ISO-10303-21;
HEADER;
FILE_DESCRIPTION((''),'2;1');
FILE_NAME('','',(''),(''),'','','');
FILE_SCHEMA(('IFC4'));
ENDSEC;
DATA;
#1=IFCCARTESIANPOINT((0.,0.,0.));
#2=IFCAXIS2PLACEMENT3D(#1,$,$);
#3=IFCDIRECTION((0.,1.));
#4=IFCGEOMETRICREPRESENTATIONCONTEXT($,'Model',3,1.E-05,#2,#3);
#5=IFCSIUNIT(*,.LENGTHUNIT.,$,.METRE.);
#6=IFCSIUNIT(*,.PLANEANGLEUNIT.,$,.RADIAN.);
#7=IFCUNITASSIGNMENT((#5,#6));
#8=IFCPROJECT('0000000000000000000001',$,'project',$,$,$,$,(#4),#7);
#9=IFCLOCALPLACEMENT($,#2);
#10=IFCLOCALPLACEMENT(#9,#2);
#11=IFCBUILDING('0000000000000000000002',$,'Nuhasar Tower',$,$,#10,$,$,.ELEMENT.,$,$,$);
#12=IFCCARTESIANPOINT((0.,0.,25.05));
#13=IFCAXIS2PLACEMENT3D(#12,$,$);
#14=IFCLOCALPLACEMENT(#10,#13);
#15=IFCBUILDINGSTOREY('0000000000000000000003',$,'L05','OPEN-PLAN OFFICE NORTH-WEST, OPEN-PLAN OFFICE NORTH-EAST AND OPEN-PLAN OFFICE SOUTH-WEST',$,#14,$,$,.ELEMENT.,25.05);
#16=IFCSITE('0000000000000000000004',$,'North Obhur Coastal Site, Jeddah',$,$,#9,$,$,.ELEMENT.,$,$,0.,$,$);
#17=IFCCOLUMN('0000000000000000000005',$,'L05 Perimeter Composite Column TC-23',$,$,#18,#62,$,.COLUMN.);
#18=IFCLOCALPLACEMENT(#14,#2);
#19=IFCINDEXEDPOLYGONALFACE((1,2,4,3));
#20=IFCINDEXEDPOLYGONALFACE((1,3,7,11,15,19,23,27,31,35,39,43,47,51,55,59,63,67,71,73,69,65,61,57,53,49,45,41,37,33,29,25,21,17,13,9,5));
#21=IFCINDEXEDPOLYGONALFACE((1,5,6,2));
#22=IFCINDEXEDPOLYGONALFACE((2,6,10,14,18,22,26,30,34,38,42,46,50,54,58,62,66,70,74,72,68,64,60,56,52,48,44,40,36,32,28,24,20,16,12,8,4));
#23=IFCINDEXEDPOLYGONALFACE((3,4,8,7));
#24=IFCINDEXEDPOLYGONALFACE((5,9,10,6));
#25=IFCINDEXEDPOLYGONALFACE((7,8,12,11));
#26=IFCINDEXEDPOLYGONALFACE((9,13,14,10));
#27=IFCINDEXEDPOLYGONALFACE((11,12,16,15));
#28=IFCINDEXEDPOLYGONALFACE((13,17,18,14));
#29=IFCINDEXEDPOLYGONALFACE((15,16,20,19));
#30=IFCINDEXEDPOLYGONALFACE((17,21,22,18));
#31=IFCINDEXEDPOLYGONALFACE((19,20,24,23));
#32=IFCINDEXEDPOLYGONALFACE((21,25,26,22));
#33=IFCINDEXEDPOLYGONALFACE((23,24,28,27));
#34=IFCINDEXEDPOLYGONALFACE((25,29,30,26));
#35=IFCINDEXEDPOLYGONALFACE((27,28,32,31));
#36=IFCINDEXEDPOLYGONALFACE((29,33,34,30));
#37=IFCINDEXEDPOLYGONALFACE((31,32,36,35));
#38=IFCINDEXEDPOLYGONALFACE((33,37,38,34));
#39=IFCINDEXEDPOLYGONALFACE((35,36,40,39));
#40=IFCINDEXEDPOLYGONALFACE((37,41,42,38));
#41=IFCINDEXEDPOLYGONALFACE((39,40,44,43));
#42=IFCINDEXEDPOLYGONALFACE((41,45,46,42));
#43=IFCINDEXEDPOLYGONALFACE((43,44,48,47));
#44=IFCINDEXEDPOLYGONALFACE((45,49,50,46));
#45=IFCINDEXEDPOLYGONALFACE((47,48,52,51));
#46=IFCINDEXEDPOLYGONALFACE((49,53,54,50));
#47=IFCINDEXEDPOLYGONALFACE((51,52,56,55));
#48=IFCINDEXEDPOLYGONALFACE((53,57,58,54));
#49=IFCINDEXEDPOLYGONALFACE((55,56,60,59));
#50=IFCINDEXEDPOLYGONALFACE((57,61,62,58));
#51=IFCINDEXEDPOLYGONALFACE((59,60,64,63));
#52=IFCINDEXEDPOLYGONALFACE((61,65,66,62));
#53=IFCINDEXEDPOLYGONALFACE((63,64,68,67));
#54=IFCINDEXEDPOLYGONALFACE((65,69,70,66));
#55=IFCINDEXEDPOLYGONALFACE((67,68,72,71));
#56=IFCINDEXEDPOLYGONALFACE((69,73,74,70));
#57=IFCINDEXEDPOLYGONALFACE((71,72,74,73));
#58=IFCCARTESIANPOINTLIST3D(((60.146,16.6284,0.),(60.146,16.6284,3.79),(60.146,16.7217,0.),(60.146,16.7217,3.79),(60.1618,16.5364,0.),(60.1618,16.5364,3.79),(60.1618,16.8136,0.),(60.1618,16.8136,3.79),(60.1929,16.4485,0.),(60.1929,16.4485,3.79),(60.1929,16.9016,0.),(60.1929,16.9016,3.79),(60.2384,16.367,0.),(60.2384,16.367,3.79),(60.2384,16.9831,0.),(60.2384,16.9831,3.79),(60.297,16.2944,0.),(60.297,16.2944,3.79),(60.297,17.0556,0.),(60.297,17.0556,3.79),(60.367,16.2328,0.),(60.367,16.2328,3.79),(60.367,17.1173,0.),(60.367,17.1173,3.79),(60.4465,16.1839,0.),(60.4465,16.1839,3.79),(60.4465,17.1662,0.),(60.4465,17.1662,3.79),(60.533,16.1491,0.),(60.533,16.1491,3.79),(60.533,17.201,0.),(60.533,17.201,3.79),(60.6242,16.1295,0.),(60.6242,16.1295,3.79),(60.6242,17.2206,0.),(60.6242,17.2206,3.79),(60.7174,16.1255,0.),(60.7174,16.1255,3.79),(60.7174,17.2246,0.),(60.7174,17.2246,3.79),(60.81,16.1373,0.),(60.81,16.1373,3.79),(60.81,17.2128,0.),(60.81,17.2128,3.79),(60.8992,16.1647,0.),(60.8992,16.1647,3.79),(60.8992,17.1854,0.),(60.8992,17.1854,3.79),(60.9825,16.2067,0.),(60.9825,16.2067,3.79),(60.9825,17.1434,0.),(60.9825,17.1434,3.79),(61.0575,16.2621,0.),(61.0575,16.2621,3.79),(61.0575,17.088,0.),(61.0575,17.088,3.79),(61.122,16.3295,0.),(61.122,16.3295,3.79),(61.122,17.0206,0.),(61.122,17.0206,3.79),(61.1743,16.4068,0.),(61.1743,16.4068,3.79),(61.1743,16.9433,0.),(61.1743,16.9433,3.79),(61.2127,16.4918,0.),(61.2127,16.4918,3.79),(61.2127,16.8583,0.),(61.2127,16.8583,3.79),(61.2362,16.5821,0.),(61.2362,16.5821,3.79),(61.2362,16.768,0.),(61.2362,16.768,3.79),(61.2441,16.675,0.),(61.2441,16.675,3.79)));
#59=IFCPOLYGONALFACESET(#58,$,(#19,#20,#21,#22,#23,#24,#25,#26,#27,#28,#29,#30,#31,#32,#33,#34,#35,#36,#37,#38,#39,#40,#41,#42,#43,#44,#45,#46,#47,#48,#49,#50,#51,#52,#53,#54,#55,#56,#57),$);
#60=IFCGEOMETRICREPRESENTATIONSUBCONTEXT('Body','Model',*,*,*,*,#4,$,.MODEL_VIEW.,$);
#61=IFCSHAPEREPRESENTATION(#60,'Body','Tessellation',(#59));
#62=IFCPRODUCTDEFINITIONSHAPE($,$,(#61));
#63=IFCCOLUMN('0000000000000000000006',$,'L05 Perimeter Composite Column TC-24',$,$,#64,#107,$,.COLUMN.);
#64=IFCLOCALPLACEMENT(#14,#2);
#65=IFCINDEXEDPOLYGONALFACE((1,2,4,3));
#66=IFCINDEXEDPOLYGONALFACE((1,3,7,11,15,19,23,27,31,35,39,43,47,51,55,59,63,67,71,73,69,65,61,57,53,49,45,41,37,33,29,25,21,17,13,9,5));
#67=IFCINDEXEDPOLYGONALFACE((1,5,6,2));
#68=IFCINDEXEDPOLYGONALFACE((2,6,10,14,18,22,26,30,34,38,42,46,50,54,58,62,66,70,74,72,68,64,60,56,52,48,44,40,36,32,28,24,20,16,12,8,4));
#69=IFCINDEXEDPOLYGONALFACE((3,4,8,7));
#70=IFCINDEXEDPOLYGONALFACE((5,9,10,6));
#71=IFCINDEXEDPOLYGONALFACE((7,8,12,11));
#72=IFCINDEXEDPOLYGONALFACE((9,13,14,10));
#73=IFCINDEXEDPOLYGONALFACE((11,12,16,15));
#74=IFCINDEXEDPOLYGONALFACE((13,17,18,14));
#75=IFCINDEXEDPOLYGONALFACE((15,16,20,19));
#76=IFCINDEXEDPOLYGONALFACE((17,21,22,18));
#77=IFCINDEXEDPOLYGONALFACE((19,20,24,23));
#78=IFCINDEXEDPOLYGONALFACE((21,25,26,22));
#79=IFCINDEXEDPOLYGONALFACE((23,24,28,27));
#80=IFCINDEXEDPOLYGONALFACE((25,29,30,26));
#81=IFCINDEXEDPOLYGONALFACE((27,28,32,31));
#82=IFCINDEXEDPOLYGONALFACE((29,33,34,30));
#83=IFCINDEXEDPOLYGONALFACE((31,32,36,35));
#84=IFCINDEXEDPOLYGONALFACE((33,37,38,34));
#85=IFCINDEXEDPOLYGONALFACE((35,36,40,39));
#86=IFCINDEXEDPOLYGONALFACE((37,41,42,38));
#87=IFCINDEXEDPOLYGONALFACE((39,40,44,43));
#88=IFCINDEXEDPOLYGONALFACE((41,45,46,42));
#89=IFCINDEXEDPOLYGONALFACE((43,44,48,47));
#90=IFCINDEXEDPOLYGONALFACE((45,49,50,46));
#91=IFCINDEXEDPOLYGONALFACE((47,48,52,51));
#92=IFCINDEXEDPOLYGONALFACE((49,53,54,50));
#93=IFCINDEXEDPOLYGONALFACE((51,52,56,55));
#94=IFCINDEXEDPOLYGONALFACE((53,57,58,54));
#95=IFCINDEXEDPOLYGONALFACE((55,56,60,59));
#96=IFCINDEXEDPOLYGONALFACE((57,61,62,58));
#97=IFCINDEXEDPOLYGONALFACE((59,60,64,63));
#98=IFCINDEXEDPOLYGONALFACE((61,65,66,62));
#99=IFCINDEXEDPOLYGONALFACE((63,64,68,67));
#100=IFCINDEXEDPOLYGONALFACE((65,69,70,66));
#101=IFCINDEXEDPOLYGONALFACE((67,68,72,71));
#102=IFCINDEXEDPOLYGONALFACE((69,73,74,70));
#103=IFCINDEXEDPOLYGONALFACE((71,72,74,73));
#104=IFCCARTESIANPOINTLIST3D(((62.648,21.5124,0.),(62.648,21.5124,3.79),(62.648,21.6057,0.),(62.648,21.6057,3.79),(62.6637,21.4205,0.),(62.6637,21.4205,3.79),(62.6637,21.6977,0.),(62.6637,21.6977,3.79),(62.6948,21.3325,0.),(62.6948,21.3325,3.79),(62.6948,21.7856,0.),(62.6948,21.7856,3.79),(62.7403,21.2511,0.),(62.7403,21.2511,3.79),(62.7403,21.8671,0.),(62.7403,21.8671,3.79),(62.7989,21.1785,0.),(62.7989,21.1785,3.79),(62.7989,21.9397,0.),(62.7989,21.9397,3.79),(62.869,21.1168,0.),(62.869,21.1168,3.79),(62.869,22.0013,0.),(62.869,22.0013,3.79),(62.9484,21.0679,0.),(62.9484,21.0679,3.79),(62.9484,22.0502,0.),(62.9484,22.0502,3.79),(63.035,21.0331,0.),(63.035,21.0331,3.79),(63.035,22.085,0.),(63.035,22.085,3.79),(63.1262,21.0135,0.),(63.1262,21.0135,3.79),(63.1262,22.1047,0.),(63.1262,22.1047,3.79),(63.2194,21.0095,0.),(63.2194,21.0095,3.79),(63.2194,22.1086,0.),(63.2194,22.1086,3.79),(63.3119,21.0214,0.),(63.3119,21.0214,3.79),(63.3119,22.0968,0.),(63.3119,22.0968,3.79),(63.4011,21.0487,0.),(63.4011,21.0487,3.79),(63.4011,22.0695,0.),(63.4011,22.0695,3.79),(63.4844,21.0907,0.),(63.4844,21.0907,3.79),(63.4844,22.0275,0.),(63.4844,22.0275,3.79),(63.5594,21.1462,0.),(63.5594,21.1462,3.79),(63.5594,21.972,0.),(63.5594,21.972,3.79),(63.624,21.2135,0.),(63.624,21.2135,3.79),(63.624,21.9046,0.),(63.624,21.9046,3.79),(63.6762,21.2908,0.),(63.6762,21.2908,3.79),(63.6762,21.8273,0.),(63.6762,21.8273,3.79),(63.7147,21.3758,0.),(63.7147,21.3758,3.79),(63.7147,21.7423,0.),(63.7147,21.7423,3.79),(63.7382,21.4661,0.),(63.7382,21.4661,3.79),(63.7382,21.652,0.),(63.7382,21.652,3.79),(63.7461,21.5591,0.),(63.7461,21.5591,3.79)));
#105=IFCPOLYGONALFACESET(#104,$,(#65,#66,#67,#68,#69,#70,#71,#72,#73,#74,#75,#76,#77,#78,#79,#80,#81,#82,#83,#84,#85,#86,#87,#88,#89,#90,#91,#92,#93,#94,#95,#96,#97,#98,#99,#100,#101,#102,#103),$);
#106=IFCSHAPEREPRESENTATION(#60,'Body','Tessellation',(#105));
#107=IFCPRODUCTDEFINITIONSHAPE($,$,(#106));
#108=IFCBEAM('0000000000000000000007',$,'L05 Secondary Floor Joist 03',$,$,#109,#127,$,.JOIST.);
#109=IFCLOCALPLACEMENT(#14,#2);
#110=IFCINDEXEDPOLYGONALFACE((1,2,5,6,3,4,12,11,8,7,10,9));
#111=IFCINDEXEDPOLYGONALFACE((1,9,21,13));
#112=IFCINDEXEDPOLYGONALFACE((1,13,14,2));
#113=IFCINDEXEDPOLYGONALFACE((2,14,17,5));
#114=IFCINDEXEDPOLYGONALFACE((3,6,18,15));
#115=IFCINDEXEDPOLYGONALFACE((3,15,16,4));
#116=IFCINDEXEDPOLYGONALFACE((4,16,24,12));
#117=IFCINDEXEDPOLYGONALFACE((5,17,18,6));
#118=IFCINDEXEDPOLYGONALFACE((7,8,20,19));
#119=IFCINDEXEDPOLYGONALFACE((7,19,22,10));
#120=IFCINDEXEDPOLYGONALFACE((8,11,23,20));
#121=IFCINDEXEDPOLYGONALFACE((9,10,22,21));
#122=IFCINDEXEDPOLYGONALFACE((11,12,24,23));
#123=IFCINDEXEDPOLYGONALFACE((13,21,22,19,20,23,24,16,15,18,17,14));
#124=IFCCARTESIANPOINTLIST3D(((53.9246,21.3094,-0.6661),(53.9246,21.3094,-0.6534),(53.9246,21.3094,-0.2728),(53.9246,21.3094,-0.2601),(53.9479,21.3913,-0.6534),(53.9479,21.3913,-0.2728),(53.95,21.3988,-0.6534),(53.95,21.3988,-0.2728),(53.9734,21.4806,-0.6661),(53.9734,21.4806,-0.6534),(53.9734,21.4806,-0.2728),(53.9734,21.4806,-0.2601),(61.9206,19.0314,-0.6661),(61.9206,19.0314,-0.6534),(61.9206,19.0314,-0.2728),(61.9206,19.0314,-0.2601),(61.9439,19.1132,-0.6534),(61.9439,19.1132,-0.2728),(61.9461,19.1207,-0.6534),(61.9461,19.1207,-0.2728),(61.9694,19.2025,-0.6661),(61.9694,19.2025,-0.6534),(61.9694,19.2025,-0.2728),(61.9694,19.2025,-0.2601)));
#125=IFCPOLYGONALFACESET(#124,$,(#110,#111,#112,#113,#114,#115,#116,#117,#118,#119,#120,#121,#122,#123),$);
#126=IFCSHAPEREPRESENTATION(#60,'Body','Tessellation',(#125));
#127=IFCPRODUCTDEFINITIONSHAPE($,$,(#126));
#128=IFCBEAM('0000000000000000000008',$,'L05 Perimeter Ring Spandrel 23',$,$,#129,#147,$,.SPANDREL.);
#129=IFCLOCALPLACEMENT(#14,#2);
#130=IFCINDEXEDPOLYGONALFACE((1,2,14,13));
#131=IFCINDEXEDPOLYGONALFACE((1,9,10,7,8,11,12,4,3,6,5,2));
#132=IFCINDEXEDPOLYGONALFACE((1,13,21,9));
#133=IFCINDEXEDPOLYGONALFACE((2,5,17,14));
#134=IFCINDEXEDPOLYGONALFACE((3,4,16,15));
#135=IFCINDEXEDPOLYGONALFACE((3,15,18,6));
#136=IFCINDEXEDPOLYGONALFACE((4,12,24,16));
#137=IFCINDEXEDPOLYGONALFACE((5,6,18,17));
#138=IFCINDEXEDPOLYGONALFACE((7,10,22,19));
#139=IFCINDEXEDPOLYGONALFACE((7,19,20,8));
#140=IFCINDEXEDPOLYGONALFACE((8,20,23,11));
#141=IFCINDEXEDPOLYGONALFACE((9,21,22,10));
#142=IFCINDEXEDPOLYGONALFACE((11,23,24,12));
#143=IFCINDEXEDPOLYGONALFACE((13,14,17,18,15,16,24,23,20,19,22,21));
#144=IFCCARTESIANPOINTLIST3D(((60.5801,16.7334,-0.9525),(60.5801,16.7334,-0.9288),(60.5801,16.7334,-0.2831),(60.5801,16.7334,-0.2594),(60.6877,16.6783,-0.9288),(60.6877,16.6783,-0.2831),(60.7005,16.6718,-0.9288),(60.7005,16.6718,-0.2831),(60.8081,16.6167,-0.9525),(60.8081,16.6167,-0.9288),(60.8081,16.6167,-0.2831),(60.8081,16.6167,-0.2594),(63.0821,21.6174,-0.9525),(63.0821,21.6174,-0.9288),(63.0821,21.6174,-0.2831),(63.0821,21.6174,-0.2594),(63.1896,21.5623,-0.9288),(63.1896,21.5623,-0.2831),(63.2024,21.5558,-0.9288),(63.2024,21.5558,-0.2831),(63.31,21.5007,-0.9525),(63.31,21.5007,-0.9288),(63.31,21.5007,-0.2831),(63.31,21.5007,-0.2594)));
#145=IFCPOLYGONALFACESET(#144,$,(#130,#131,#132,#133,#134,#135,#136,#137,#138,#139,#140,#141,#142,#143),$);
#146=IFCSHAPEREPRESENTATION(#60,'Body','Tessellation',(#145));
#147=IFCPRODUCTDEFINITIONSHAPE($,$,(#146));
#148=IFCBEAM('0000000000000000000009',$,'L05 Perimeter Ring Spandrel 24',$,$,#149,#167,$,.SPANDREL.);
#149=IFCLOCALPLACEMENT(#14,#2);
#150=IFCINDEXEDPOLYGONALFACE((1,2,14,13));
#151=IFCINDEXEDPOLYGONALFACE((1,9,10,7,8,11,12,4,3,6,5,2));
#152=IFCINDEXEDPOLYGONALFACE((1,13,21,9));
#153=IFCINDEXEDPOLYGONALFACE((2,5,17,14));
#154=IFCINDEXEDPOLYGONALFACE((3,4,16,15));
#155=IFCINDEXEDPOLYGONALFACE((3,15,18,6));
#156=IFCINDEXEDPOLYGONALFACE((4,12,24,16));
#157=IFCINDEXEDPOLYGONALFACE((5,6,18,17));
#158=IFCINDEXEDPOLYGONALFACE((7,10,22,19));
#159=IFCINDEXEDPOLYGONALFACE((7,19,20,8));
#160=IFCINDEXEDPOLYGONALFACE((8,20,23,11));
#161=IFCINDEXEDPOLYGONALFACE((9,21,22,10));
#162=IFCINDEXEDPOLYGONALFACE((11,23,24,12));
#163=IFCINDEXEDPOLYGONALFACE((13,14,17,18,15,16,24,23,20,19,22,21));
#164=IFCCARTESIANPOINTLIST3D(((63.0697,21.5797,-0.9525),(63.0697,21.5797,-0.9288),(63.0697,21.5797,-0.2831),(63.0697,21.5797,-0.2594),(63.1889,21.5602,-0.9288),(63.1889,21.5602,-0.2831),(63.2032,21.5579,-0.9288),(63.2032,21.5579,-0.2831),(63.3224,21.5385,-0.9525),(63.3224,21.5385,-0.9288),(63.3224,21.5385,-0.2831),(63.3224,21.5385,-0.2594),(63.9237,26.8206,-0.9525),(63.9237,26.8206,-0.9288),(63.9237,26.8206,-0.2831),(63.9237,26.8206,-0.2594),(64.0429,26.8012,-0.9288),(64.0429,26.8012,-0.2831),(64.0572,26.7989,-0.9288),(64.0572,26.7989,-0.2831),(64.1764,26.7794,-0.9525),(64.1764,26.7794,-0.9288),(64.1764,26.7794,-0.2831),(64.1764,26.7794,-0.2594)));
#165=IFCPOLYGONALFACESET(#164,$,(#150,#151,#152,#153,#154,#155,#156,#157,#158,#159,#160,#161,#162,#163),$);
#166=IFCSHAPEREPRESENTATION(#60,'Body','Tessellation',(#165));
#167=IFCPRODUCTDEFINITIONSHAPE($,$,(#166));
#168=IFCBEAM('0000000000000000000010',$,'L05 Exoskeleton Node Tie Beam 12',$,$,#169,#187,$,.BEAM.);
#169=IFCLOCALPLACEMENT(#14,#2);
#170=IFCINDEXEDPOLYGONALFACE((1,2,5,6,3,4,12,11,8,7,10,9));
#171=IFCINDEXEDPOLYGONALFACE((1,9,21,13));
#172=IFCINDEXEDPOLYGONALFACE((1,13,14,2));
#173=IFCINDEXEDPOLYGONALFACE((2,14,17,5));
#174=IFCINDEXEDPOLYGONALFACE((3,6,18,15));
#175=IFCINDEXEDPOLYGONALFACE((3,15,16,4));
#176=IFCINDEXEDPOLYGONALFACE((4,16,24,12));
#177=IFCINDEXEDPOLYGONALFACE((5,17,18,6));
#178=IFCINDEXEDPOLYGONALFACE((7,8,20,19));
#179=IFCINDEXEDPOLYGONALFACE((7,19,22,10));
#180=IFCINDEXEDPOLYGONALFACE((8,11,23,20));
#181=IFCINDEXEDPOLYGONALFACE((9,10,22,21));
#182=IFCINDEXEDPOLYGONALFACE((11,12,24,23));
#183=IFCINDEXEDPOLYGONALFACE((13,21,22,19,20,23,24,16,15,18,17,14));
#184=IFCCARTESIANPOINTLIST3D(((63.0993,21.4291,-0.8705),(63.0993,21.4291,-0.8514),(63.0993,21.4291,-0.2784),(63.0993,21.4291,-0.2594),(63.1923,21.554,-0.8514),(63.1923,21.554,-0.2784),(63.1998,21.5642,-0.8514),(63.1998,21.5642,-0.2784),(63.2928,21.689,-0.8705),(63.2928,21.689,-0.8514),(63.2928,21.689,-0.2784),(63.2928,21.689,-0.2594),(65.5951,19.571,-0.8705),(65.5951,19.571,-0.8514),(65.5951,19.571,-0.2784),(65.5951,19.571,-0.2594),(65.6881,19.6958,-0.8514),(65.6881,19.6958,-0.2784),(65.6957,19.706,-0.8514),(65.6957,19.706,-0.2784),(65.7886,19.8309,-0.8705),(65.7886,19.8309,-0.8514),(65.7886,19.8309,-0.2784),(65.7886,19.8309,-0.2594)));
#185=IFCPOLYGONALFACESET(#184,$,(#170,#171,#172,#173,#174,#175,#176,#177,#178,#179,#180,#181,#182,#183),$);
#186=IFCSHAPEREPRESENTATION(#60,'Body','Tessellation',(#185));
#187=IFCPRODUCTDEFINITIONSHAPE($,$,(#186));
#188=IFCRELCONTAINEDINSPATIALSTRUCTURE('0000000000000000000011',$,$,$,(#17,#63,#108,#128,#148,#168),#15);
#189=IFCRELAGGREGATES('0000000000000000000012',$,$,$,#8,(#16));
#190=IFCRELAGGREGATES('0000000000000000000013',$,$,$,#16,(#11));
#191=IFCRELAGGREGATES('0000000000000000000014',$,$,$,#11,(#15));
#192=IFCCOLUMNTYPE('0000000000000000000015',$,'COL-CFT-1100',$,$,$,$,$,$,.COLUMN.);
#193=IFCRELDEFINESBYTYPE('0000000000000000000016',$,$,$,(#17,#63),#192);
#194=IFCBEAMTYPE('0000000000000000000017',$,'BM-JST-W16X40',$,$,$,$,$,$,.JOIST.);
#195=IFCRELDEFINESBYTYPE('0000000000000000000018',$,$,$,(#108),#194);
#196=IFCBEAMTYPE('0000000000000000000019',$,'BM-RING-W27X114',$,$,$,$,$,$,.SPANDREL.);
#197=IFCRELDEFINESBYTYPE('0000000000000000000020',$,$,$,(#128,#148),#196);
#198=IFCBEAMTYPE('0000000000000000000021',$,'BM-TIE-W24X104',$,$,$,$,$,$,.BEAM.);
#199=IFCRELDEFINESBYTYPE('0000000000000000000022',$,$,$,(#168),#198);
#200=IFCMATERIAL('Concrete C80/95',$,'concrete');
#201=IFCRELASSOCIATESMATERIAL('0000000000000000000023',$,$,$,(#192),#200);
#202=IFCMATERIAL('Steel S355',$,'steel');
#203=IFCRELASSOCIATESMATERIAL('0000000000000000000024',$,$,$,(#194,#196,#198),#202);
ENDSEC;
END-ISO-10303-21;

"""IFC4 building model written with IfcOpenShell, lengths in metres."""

from ifc_helpers import new_model, si_unit, direction, frame, origin, origin_2d, place, context, subcontext, project, spatial, circle, i_section, extrude, material, material_profile, profile_set, type_object, element, save


model = new_model("IFC4")

# Units and contexts
model_context = context("Model", 3, precision=1e-05, world=origin(), true_north=direction((0.0, 1.0)))
body_context = subcontext(model_context, "Body", "Model", "MODEL_VIEW")
ifc_project = project(units=[si_unit("LENGTHUNIT", "METRE"), si_unit("PLANEANGLEUNIT", "RADIAN")], contexts=[model_context])

# Site, building, storey
site_placement = place(None, origin())
site = spatial("IfcSite", under=ifc_project, at=site_placement, Name="North Obhur Coastal Site, Jeddah", CompositionType="ELEMENT", RefElevation=0.0)
building_placement = place(site_placement, origin())
building = spatial("IfcBuilding", under=site, at=building_placement, Name="Nuhasar Tower", CompositionType="ELEMENT")
storey_placement = place(building_placement, frame((0.0, 0.0, 25.05)))
storey = spatial("IfcBuildingStorey", under=building, at=storey_placement, Name="L05", Description="OPEN-PLAN OFFICE NORTH-WEST, OPEN-PLAN OFFICE NORTH-EAST AND OPEN-PLAN OFFICE SOUTH-WEST", CompositionType="ELEMENT", Elevation=25.05)

# Columns
ifc_material_1 = material(Name="Concrete C80/95", Category="concrete")
ifc_material_profile_1 = material_profile(ifc_material_1, circle(Radius=0.55, at=origin_2d()), Name="CFT1100")
ifc_profile_set_1 = profile_set([ifc_material_profile_1], Name="Concrete C80/95")
column_type = type_object("IfcColumnType", Name="COL-CFT-1100", PredefinedType="COLUMN", material=ifc_profile_set_1)
for number, where, z_axis, x_axis, name in (
    (1, (60.6941, 16.675, 0.0), (0.0, 0.0, 1.0), (1.0, 0.0, 0.0), "L05 Perimeter Composite Column TC-23"),
    (2, (63.196, 21.5591, 0.0), (0.0, 0.0, 1.0), (1.0, 0.0, 0.0), "L05 Perimeter Composite Column TC-24"),
):
    element("IfcColumn", number, at=place(storey_placement, frame(where, z_axis=z_axis, x_axis=x_axis)), inside=storey, type_object=column_type, Name=name, PredefinedType="COLUMN", context=body_context, shape_type="SweptSolid", body=[
        extrude(circle(Radius=0.55, at=origin_2d()), origin(), (0.0, 0.0, 1.0), 3.79),
    ])

# Beams
ifc_material_2 = material(Name="Steel S355", Category="steel")
ifc_material_profile_2 = material_profile(ifc_material_2, i_section(OverallWidth=0.178, OverallDepth=0.406, WebThickness=0.0078, FlangeThickness=0.0127, at=origin_2d()), Name="W16X40")
ifc_profile_set_2 = profile_set([ifc_material_profile_2], Name="Steel S355")
beam_type_1 = type_object("IfcBeamType", Name="BM-JST-W16X40", PredefinedType="JOIST", material=ifc_profile_set_2)
beam_1_placement = place(storey_placement, frame((53.949, 21.395, -0.4631), z_axis=(0.961731, -0.273996, 0.0), x_axis=(0.273996, 0.961731, 0.0)))
element("IfcBeam", 3, at=beam_1_placement, inside=storey, type_object=beam_type_1, Name="L05 Secondary Floor Joist 03", PredefinedType="JOIST", context=body_context, shape_type="SweptSolid", body=[
    extrude(i_section(OverallWidth=0.178, OverallDepth=0.406, WebThickness=0.0078, FlangeThickness=0.0127, at=origin_2d()), origin(), (0.0, 0.0, 1.0), 8.3142),
])
ifc_material_profile_3 = material_profile(ifc_material_2, i_section(OverallWidth=0.2561, OverallDepth=0.6931, WebThickness=0.0144, FlangeThickness=0.0237, at=origin_2d()), Name="W27X114")
ifc_profile_set_3 = profile_set([ifc_material_profile_3], Name="Steel S355")
beam_type_2 = type_object("IfcBeamType", Name="BM-RING-W27X114", PredefinedType="SPANDREL", material=ifc_profile_set_3)
beam_2_placement = place(storey_placement, frame((60.6941, 16.675, -0.606), z_axis=(0.45593, 0.890016, 0.0), x_axis=(-0.890016, 0.45593, 0.0)))
element("IfcBeam", 4, at=beam_2_placement, inside=storey, type_object=beam_type_2, Name="L05 Perimeter Ring Spandrel 23", PredefinedType="SPANDREL", context=body_context, shape_type="SweptSolid", body=[
    extrude(i_section(OverallWidth=0.2561, OverallDepth=0.6931, WebThickness=0.0144, FlangeThickness=0.0237, at=origin_2d()), origin(), (0.0, 0.0, 1.0), 5.4875),
])
beam_3_placement = place(storey_placement, frame((63.196, 21.5591, -0.606), z_axis=(0.160827, 0.986983, 0.0), x_axis=(-0.986983, 0.160827, 0.0)))
element("IfcBeam", 5, at=beam_3_placement, inside=storey, type_object=beam_type_2, Name="L05 Perimeter Ring Spandrel 24", PredefinedType="SPANDREL", context=body_context, shape_type="SweptSolid", body=[
    extrude(i_section(OverallWidth=0.2561, OverallDepth=0.6931, WebThickness=0.0144, FlangeThickness=0.0237, at=origin_2d()), origin(), (0.0, 0.0, 1.0), 5.3101),
])
ifc_material_profile_4 = material_profile(ifc_material_2, i_section(OverallWidth=0.324, OverallDepth=0.6111, WebThickness=0.0127, FlangeThickness=0.019, at=origin_2d()), Name="W24X104")
ifc_profile_set_4 = profile_set([ifc_material_profile_4], Name="Steel S355")
beam_type_3 = type_object("IfcBeamType", Name="BM-TIE-W24X104", PredefinedType="BEAM", material=ifc_profile_set_4)
beam_4_placement = place(storey_placement, frame((63.196, 21.5591, -0.5649), z_axis=(0.802113, -0.597172, 0.0), x_axis=(0.597172, 0.802113, 0.0)))
element("IfcBeam", 6, at=beam_4_placement, inside=storey, type_object=beam_type_3, Name="L05 Exoskeleton Node Tie Beam 12", PredefinedType="BEAM", context=body_context, shape_type="SweptSolid", body=[
    extrude(i_section(OverallWidth=0.324, OverallDepth=0.6111, WebThickness=0.0127, FlangeThickness=0.019, at=origin_2d()), origin(), (0.0, 0.0, 1.0), 3.1116),
])

save(model, "model.ifc")
